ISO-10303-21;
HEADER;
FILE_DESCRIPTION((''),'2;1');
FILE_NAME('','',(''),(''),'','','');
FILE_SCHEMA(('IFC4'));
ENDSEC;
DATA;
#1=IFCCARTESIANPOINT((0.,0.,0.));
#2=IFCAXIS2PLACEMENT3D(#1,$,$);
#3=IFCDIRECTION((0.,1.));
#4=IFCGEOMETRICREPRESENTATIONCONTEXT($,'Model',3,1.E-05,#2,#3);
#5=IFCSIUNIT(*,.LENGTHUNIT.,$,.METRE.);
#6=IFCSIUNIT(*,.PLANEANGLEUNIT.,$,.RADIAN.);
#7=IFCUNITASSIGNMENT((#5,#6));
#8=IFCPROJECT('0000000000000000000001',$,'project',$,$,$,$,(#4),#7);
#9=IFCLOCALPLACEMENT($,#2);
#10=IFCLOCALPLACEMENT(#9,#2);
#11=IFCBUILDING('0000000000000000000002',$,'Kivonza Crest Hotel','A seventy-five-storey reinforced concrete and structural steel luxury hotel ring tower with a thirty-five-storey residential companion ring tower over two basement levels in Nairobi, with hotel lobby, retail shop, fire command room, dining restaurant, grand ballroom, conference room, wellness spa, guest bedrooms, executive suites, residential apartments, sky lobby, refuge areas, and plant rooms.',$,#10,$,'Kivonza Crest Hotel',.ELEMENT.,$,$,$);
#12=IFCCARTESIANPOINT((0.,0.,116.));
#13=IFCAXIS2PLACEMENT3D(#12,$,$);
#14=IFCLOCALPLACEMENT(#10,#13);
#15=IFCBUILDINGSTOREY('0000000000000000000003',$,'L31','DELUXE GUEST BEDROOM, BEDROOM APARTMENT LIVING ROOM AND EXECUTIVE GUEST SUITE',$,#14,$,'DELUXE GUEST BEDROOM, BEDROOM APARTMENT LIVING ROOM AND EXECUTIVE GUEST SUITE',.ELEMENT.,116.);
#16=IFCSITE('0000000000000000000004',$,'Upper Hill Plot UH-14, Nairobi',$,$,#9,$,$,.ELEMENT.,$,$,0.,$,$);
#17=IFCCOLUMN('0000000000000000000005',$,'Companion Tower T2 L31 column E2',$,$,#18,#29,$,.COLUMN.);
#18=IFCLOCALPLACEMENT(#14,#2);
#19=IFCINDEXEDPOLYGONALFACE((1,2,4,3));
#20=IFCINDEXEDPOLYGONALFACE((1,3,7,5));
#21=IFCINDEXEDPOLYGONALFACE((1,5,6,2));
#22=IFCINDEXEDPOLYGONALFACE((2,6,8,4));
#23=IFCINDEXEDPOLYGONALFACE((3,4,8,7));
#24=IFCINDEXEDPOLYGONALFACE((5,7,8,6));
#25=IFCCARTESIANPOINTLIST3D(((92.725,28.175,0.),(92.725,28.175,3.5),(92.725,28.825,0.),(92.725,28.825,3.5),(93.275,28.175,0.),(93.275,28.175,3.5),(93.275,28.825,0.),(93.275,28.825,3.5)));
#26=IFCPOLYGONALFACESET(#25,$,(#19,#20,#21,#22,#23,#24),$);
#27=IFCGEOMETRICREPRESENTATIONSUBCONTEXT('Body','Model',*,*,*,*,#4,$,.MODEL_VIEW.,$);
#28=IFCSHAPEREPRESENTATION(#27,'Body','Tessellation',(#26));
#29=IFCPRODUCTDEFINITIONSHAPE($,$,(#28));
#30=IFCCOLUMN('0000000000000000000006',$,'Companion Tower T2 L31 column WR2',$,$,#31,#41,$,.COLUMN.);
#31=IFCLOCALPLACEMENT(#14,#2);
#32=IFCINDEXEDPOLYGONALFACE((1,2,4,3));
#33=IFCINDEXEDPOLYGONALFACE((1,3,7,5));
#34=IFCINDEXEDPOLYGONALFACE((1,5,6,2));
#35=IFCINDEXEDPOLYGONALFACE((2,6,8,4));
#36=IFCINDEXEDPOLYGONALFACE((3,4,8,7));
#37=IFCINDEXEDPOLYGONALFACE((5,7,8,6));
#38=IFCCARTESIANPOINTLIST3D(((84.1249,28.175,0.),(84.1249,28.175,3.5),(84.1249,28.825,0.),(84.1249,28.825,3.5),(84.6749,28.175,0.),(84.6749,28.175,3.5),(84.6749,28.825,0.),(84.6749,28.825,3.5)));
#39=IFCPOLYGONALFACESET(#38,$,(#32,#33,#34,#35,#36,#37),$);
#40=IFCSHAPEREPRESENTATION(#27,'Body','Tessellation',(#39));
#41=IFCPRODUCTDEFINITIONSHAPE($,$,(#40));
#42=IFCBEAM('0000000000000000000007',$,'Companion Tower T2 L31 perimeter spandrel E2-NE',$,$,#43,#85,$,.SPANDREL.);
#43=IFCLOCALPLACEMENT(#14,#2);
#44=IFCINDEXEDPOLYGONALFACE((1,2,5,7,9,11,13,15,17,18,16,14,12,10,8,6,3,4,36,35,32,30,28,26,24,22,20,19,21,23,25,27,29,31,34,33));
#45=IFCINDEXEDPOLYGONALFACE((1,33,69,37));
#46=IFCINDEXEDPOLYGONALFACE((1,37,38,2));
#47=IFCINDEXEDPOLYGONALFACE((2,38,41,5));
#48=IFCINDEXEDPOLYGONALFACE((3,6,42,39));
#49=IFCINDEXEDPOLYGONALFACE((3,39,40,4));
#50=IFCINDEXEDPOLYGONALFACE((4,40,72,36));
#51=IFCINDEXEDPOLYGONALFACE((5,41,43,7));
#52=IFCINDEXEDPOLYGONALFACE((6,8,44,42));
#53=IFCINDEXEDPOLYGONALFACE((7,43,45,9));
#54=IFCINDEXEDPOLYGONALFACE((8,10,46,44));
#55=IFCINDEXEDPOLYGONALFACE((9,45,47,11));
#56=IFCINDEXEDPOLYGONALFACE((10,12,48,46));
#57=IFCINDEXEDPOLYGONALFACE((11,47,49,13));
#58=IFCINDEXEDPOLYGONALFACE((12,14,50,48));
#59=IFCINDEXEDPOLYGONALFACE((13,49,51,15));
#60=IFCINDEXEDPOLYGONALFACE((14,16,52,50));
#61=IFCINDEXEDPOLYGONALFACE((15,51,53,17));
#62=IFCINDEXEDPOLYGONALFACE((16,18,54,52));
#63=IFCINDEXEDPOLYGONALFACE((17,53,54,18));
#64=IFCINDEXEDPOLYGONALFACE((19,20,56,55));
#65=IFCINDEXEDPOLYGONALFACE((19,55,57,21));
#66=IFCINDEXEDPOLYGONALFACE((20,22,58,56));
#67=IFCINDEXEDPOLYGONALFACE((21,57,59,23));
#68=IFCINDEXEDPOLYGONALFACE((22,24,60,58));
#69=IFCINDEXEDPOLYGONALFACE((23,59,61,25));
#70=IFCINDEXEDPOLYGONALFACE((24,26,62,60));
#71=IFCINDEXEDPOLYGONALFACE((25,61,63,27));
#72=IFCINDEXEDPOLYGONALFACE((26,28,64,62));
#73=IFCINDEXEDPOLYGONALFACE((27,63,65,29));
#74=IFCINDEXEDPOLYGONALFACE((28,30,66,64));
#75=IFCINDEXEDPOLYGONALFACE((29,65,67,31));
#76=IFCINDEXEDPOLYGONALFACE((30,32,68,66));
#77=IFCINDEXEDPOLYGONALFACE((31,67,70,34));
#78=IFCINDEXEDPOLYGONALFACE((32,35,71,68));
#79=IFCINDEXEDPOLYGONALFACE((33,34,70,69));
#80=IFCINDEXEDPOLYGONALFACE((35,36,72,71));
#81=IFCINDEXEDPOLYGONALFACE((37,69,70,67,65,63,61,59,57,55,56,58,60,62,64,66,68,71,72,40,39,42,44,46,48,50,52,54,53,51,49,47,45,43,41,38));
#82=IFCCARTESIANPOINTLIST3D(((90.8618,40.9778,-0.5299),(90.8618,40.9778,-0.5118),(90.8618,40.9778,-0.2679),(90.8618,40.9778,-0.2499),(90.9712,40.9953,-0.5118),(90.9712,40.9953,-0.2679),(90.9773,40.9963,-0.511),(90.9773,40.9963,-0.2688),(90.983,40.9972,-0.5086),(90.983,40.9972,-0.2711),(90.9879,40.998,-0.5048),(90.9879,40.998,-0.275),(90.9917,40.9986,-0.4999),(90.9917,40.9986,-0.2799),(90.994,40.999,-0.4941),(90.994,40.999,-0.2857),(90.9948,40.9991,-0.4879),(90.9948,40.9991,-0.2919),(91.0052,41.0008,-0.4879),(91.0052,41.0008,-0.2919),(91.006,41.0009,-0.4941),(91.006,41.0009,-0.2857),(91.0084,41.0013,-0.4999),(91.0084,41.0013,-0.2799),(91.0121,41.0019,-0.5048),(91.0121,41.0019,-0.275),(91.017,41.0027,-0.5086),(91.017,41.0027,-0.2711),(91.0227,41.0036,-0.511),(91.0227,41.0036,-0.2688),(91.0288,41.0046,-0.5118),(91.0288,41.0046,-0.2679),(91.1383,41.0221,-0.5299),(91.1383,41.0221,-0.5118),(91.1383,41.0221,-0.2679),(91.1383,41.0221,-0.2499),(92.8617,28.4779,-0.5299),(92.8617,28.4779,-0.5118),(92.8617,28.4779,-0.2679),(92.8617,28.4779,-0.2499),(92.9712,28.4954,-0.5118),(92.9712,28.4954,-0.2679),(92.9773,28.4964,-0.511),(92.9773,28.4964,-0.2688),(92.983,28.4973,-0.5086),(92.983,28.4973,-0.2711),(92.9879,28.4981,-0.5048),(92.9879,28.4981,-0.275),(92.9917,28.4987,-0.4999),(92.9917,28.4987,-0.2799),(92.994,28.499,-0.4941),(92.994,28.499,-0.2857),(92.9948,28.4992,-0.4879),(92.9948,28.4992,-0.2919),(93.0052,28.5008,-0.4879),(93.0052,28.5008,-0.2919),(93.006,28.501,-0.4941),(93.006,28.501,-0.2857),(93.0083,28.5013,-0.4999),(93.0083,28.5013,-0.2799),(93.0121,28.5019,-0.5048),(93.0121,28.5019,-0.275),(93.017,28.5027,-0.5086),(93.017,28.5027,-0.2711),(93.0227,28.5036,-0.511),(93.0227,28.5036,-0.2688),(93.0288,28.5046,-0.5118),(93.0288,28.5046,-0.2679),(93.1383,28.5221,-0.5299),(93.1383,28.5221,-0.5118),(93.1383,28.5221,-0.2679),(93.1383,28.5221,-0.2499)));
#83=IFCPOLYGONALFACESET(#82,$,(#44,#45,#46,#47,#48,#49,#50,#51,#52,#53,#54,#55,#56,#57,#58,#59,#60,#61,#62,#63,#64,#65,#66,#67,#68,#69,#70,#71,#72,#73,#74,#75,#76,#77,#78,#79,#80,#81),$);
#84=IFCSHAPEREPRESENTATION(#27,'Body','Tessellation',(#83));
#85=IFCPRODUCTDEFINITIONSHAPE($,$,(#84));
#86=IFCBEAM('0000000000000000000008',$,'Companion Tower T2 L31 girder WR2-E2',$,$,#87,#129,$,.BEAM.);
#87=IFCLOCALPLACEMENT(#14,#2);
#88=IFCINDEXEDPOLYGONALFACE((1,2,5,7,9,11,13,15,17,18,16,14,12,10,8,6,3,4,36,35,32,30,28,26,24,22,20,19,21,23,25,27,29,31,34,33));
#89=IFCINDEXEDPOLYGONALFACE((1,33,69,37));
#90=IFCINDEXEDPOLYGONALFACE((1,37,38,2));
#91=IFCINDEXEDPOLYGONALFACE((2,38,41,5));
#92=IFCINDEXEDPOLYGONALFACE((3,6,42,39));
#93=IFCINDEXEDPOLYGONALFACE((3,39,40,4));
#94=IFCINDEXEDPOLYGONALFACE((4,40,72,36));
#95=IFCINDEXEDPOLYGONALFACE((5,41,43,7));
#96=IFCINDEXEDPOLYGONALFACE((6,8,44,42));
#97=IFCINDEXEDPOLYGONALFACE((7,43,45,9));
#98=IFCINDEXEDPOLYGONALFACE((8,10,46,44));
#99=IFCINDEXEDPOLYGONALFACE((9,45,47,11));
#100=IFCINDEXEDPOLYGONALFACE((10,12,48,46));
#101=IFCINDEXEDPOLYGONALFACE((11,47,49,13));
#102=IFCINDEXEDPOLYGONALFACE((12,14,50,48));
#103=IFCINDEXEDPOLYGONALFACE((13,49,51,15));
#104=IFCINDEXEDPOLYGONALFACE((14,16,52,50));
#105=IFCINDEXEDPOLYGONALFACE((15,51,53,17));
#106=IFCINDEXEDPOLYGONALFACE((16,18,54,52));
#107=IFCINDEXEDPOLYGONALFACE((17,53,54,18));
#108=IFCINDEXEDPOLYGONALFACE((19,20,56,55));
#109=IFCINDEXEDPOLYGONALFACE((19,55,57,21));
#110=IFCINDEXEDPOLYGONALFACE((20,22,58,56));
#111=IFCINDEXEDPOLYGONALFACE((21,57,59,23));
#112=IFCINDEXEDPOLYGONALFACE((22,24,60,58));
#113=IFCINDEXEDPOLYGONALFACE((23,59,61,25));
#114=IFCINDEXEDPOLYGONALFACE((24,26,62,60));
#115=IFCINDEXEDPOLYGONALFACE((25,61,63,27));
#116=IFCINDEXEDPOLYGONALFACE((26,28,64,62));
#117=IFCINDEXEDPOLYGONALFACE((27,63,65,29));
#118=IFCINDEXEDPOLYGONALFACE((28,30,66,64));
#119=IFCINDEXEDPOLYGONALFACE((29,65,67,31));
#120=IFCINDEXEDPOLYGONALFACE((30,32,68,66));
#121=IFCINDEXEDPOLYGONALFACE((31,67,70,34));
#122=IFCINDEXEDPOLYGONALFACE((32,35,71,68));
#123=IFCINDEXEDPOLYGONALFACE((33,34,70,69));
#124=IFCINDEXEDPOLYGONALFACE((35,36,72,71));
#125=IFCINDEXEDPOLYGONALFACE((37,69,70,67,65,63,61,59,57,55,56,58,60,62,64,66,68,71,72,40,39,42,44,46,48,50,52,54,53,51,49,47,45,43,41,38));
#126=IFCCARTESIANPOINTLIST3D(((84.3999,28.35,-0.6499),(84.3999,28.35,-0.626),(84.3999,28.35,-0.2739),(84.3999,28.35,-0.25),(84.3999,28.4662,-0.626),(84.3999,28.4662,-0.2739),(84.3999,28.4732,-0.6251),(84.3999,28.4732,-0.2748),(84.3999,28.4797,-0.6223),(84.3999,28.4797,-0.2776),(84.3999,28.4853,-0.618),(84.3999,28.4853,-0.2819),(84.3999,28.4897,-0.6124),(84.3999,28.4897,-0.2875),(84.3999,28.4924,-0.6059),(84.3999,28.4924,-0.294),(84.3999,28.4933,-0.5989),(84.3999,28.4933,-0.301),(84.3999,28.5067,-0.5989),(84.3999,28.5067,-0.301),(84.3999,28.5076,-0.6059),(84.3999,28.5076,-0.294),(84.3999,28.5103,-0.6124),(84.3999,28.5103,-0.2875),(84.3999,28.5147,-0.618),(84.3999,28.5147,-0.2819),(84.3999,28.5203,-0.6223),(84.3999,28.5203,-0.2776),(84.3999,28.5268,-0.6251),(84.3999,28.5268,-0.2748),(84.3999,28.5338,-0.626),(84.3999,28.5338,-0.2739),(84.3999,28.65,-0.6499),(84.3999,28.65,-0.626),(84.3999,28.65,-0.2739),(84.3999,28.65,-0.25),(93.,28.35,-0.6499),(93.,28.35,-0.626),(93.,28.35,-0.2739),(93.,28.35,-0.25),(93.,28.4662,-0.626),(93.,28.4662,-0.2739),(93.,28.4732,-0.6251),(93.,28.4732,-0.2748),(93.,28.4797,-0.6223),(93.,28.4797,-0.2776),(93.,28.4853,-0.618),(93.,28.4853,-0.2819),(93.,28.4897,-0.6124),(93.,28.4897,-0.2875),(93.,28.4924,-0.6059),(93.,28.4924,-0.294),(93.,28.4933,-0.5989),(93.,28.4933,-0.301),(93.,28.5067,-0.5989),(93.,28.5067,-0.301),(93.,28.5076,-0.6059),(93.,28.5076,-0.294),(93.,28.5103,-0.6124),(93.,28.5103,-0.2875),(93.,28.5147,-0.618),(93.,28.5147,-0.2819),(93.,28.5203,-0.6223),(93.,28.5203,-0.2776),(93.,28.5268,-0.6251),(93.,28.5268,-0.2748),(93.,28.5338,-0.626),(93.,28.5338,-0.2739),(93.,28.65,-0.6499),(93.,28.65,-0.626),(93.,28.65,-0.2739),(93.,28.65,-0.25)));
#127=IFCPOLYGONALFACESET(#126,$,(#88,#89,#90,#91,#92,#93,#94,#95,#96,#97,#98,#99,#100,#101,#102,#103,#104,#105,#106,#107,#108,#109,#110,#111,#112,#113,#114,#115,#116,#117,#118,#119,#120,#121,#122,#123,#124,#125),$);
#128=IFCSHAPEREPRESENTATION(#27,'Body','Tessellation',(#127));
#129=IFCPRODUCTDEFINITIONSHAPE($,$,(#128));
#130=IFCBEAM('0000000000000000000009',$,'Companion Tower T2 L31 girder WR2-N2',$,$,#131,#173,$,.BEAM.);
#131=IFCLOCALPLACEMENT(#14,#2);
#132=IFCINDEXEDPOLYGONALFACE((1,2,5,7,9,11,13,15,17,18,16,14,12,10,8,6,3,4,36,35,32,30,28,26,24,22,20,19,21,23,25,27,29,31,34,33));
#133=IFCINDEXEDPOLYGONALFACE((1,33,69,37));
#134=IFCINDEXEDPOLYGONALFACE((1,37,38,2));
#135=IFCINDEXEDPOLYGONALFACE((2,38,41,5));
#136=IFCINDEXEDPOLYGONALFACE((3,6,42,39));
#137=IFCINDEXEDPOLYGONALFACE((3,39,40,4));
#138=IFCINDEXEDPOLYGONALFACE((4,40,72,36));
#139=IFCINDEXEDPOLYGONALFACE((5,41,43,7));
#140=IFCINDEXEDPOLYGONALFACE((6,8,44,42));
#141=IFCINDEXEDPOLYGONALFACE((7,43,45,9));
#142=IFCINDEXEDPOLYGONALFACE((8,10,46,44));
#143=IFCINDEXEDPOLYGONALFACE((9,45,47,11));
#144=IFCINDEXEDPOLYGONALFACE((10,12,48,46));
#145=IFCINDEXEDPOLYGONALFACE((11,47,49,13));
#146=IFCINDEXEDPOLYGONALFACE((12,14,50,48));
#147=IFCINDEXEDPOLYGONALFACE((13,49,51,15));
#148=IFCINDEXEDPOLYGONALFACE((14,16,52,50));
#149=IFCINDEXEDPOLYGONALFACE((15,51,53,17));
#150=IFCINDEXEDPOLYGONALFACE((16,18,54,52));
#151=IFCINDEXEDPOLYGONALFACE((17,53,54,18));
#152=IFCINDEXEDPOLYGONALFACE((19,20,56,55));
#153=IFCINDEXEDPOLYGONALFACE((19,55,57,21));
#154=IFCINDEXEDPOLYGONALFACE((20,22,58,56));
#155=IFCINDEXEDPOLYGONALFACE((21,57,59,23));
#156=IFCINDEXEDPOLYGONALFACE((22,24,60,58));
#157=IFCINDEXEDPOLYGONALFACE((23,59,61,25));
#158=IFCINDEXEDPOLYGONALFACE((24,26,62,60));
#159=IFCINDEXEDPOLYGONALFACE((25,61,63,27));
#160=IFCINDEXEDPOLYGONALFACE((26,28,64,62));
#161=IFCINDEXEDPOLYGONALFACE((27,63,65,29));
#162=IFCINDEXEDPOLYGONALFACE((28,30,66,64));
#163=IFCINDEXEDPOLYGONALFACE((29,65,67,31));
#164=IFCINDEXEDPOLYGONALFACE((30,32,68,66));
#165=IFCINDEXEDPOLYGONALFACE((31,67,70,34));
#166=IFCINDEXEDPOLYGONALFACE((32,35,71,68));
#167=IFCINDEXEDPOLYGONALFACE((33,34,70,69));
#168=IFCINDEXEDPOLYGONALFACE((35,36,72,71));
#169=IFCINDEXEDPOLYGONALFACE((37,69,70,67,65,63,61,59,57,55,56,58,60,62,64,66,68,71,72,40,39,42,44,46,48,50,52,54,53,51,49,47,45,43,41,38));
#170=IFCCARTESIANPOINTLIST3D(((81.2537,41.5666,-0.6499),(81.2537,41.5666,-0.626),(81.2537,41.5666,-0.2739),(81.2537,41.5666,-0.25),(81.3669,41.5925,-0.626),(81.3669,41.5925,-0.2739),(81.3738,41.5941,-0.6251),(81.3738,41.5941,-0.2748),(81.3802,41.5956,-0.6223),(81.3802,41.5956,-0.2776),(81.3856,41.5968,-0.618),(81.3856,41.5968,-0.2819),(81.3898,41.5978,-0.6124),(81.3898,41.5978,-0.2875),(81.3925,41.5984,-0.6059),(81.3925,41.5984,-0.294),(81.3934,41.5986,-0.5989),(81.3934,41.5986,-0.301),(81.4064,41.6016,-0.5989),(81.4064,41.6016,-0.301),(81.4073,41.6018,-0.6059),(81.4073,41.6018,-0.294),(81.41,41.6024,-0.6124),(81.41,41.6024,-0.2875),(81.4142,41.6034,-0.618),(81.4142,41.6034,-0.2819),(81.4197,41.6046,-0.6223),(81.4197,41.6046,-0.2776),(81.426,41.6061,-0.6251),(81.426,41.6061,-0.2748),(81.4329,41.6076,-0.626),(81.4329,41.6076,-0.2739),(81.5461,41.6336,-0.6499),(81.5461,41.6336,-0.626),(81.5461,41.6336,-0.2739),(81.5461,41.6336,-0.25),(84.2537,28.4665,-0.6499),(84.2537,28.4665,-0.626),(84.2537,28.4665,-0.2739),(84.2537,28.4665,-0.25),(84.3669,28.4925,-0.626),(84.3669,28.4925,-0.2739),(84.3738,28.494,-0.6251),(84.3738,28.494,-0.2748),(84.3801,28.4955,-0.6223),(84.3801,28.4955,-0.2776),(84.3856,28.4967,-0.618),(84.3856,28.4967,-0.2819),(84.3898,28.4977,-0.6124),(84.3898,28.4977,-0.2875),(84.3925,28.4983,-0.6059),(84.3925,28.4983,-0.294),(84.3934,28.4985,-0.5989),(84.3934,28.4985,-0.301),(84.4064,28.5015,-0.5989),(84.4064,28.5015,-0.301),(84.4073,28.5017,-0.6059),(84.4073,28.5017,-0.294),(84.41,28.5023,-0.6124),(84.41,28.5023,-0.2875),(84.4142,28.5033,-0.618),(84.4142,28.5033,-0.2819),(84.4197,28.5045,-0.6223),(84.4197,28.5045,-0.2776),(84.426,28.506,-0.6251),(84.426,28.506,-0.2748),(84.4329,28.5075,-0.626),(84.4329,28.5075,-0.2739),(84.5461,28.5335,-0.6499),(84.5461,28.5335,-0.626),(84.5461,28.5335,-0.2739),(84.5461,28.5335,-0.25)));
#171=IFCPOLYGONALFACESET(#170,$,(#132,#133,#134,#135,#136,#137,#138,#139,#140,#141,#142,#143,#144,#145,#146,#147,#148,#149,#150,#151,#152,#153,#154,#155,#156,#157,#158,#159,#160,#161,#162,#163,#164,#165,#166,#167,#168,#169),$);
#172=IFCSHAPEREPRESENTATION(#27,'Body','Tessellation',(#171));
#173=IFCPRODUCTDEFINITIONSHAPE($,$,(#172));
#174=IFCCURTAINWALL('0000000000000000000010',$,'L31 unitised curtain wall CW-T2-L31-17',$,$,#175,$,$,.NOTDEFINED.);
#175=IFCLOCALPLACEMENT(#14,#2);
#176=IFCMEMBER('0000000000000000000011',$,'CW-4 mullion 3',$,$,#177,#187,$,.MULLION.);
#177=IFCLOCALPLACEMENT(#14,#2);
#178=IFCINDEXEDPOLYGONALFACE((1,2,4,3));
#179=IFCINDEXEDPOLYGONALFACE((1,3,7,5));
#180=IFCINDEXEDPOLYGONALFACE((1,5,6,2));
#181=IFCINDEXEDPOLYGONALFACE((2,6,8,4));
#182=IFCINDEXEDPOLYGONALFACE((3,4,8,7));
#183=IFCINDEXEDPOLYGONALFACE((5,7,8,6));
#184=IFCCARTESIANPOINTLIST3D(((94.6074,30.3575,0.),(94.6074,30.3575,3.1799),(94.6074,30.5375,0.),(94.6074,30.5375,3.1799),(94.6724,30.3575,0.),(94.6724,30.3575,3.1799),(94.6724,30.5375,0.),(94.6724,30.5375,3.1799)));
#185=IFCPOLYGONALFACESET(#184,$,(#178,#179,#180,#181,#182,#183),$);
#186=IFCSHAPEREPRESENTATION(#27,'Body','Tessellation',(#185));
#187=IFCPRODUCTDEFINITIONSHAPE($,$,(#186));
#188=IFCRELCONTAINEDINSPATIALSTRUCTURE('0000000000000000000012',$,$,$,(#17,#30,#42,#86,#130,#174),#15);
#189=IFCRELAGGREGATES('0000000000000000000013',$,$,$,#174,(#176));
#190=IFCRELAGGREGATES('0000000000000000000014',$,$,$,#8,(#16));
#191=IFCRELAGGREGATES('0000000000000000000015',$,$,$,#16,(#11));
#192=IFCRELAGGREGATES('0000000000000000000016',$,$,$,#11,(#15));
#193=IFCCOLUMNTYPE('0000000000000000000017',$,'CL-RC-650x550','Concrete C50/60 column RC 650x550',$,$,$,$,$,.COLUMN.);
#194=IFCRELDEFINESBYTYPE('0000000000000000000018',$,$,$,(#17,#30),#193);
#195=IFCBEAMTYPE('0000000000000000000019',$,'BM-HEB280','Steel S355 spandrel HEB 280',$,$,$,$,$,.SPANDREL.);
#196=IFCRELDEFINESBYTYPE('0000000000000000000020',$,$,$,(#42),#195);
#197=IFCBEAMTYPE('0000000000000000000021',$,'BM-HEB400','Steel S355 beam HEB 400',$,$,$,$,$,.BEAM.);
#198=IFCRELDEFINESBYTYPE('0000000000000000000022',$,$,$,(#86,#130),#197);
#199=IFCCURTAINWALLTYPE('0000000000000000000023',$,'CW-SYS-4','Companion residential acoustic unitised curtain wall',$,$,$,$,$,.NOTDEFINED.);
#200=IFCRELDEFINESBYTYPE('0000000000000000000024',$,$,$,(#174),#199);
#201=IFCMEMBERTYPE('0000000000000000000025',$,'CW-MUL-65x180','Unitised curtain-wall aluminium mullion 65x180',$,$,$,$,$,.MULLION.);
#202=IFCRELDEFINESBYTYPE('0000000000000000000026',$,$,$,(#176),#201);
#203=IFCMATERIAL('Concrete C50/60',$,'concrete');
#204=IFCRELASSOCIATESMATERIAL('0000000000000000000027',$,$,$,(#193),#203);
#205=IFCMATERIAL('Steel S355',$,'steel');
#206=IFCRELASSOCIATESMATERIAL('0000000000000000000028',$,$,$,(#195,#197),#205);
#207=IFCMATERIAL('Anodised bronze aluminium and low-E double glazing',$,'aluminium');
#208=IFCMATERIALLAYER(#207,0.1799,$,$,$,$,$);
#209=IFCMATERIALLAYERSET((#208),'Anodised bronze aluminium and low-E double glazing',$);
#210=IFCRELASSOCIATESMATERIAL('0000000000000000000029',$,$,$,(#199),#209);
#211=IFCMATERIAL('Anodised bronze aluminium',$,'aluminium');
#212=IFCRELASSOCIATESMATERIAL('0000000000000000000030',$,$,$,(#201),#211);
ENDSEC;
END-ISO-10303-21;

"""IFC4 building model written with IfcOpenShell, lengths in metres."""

from ifc_helpers import new_model, si_unit, direction, frame, origin, origin_2d, place, context, subcontext, project, spatial, rectangle, i_section, extrude, material, layer, layer_set, material_profile, profile_set, type_object, element, aggregate, save


model = new_model("IFC4")

# Units and contexts
model_context = context("Model", 3, precision=1e-05, world=origin(), true_north=direction((0.0, 1.0)))
body_context = subcontext(model_context, "Body", "Model", "MODEL_VIEW")
ifc_project = project(units=[si_unit("LENGTHUNIT", "METRE"), si_unit("PLANEANGLEUNIT", "RADIAN")], contexts=[model_context])

# Site, building, storey
site_placement = place(None, origin())
site = spatial("IfcSite", under=ifc_project, at=site_placement, Name="Upper Hill Plot UH-14, Nairobi", CompositionType="ELEMENT", RefElevation=0.0)
building_placement = place(site_placement, origin())
building = spatial("IfcBuilding", under=site, at=building_placement, Name="Kivonza Crest Hotel", Description="A seventy-five-storey reinforced concrete and structural steel luxury hotel ring tower with a thirty-five-storey residential companion ring tower over two basement levels in Nairobi, with hotel lobby, retail shop, fire command room, dining restaurant, grand ballroom, conference room, wellness spa, guest bedrooms, executive suites, residential apartments, sky lobby, refuge areas, and plant rooms.", LongName="Kivonza Crest Hotel", CompositionType="ELEMENT")
storey_placement = place(building_placement, frame((0.0, 0.0, 116.0)))
storey = spatial("IfcBuildingStorey", under=building, at=storey_placement, Name="L31", Description="DELUXE GUEST BEDROOM, BEDROOM APARTMENT LIVING ROOM AND EXECUTIVE GUEST SUITE", LongName="DELUXE GUEST BEDROOM, BEDROOM APARTMENT LIVING ROOM AND EXECUTIVE GUEST SUITE", CompositionType="ELEMENT", Elevation=116.0)

# Columns
ifc_material_1 = material(Name="Concrete C50/60", Category="concrete")
ifc_material_profile_1 = material_profile(ifc_material_1, rectangle(XDim=0.55, YDim=0.6499, at=origin_2d()), Name="RC 650x550")
ifc_profile_set_1 = profile_set([ifc_material_profile_1], Name="Concrete C50/60")
column_type = type_object("IfcColumnType", Name="CL-RC-650x550", Description="Concrete C50/60 column RC 650x550", PredefinedType="COLUMN", material=ifc_profile_set_1)
for number, where, z_axis, x_axis, name in (
    (1, (93.0, 28.5, 0.0), (0.0, 0.0, 1.0), (1.0, 0.0, 0.0), "Companion Tower T2 L31 column E2"),
    (2, (84.3999, 28.5, 0.0), (0.0, 0.0, 1.0), (1.0, 0.0, 0.0), "Companion Tower T2 L31 column WR2"),
):
    element("IfcColumn", number, at=place(storey_placement, frame(where, z_axis=z_axis, x_axis=x_axis)), inside=storey, type_object=column_type, Name=name, PredefinedType="COLUMN", context=body_context, shape_type="SweptSolid", body=[
        extrude(rectangle(XDim=0.55, YDim=0.6499, at=origin_2d()), origin(), (0.0, 0.0, 1.0), 3.5),
    ])

# Beams
ifc_material_2 = material(Name="Steel S355", Category="steel")
ifc_material_profile_2 = material_profile(ifc_material_2, i_section(OverallWidth=0.28, OverallDepth=0.28, WebThickness=0.0105, FlangeThickness=0.0181, FilletRadius=0.0239, at=origin_2d()), Name="HEB 280")
ifc_profile_set_2 = profile_set([ifc_material_profile_2], Name="Steel S355")
beam_type_1 = type_object("IfcBeamType", Name="BM-HEB280", Description="Steel S355 spandrel HEB 280", PredefinedType="SPANDREL", material=ifc_profile_set_2)
beam_1_placement = place(storey_placement, frame((93.0, 28.5, -0.3899), z_axis=(-0.157991, 0.987441, 0.0), x_axis=(-0.987441, -0.157991, 0.0)))
element("IfcBeam", 3, at=beam_1_placement, inside=storey, type_object=beam_type_1, Name="Companion Tower T2 L31 perimeter spandrel E2-NE", PredefinedType="SPANDREL", context=body_context, shape_type="SweptSolid", body=[
    extrude(i_section(OverallWidth=0.28, OverallDepth=0.28, WebThickness=0.0105, FlangeThickness=0.0181, FilletRadius=0.0239, at=origin_2d()), origin(), (0.0, 0.0, 1.0), 12.6589),
])
ifc_material_profile_3 = material_profile(ifc_material_2, i_section(OverallWidth=0.3, OverallDepth=0.3999, WebThickness=0.0134, FlangeThickness=0.0239, FilletRadius=0.0271, at=origin_2d()), Name="HEB 400")
ifc_profile_set_3 = profile_set([ifc_material_profile_3], Name="Steel S355")
beam_type_2 = type_object("IfcBeamType", Name="BM-HEB400", Description="Steel S355 beam HEB 400", PredefinedType="BEAM", material=ifc_profile_set_3)
beam_2_placement = place(storey_placement, frame((84.3999, 28.5, -0.45), z_axis=(1.0, 0.0, 0.0), x_axis=(0.0, 1.0, 0.0)))
element("IfcBeam", 4, at=beam_2_placement, inside=storey, type_object=beam_type_2, Name="Companion Tower T2 L31 girder WR2-E2", PredefinedType="BEAM", context=body_context, shape_type="SweptSolid", body=[
    extrude(i_section(OverallWidth=0.3, OverallDepth=0.3999, WebThickness=0.0134, FlangeThickness=0.0239, FilletRadius=0.0271, at=origin_2d()), origin(), (0.0, 0.0, 1.0), 8.6001),
])
beam_3_placement = place(storey_placement, frame((84.3999, 28.5, -0.45), z_axis=(-0.223227, 0.974766, 0.0), x_axis=(-0.974766, -0.223227, 0.0)))
element("IfcBeam", 5, at=beam_3_placement, inside=storey, type_object=beam_type_2, Name="Companion Tower T2 L31 girder WR2-N2", PredefinedType="BEAM", context=body_context, shape_type="SweptSolid", body=[
    extrude(i_section(OverallWidth=0.3, OverallDepth=0.3999, WebThickness=0.0134, FlangeThickness=0.0239, FilletRadius=0.0271, at=origin_2d()), origin(), (0.0, 0.0, 1.0), 13.4392),
])

# Curtain wall, member
ifc_material_3 = material(Name="Anodised bronze aluminium and low-E double glazing", Category="aluminium")
ifc_layer_1 = layer(ifc_material_3, 0.1799)
ifc_layer_set_1 = layer_set([ifc_layer_1], Name="Anodised bronze aluminium and low-E double glazing")
curtain_wall_type_1 = type_object("IfcCurtainWallType", Name="CW-SYS-4", Description="Companion residential acoustic unitised curtain wall", PredefinedType="NOTDEFINED", material=ifc_layer_set_1)
curtain_wall_1_placement = place(storey_placement, origin())
curtain_wall_1 = element("IfcCurtainWall", 6, at=curtain_wall_1_placement, inside=storey, type_object=curtain_wall_type_1, Name="L31 unitised curtain wall CW-T2-L31-17", PredefinedType="NOTDEFINED")
ifc_material_4 = material(Name="Anodised bronze aluminium", Category="aluminium")
ifc_material_profile_4 = material_profile(ifc_material_4, rectangle(XDim=0.0649, YDim=0.1799, at=origin_2d()), Name="CW-M 65x180")
ifc_profile_set_4 = profile_set([ifc_material_profile_4], Name="Anodised bronze aluminium")
member_type_1 = type_object("IfcMemberType", Name="CW-MUL-65x180", Description="Unitised curtain-wall aluminium mullion 65x180", PredefinedType="MULLION", material=ifc_profile_set_4)
member_1_placement = place(storey_placement, frame((94.6399, 30.4475, 0.0), z_axis=(0.0, 0.0, 1.0), x_axis=(-1.0, 0.0, 0.0)))
member_1 = element("IfcMember", 7, at=member_1_placement, type_object=member_type_1, Name="CW-4 mullion 3", PredefinedType="MULLION", context=body_context, shape_type="SweptSolid", body=[
    extrude(rectangle(XDim=0.0649, YDim=0.1799, at=origin_2d()), origin(), (0.0, 0.0, 1.0), 3.1799),
])

aggregate(curtain_wall_1, [member_1])

save(model, "model.ifc")
